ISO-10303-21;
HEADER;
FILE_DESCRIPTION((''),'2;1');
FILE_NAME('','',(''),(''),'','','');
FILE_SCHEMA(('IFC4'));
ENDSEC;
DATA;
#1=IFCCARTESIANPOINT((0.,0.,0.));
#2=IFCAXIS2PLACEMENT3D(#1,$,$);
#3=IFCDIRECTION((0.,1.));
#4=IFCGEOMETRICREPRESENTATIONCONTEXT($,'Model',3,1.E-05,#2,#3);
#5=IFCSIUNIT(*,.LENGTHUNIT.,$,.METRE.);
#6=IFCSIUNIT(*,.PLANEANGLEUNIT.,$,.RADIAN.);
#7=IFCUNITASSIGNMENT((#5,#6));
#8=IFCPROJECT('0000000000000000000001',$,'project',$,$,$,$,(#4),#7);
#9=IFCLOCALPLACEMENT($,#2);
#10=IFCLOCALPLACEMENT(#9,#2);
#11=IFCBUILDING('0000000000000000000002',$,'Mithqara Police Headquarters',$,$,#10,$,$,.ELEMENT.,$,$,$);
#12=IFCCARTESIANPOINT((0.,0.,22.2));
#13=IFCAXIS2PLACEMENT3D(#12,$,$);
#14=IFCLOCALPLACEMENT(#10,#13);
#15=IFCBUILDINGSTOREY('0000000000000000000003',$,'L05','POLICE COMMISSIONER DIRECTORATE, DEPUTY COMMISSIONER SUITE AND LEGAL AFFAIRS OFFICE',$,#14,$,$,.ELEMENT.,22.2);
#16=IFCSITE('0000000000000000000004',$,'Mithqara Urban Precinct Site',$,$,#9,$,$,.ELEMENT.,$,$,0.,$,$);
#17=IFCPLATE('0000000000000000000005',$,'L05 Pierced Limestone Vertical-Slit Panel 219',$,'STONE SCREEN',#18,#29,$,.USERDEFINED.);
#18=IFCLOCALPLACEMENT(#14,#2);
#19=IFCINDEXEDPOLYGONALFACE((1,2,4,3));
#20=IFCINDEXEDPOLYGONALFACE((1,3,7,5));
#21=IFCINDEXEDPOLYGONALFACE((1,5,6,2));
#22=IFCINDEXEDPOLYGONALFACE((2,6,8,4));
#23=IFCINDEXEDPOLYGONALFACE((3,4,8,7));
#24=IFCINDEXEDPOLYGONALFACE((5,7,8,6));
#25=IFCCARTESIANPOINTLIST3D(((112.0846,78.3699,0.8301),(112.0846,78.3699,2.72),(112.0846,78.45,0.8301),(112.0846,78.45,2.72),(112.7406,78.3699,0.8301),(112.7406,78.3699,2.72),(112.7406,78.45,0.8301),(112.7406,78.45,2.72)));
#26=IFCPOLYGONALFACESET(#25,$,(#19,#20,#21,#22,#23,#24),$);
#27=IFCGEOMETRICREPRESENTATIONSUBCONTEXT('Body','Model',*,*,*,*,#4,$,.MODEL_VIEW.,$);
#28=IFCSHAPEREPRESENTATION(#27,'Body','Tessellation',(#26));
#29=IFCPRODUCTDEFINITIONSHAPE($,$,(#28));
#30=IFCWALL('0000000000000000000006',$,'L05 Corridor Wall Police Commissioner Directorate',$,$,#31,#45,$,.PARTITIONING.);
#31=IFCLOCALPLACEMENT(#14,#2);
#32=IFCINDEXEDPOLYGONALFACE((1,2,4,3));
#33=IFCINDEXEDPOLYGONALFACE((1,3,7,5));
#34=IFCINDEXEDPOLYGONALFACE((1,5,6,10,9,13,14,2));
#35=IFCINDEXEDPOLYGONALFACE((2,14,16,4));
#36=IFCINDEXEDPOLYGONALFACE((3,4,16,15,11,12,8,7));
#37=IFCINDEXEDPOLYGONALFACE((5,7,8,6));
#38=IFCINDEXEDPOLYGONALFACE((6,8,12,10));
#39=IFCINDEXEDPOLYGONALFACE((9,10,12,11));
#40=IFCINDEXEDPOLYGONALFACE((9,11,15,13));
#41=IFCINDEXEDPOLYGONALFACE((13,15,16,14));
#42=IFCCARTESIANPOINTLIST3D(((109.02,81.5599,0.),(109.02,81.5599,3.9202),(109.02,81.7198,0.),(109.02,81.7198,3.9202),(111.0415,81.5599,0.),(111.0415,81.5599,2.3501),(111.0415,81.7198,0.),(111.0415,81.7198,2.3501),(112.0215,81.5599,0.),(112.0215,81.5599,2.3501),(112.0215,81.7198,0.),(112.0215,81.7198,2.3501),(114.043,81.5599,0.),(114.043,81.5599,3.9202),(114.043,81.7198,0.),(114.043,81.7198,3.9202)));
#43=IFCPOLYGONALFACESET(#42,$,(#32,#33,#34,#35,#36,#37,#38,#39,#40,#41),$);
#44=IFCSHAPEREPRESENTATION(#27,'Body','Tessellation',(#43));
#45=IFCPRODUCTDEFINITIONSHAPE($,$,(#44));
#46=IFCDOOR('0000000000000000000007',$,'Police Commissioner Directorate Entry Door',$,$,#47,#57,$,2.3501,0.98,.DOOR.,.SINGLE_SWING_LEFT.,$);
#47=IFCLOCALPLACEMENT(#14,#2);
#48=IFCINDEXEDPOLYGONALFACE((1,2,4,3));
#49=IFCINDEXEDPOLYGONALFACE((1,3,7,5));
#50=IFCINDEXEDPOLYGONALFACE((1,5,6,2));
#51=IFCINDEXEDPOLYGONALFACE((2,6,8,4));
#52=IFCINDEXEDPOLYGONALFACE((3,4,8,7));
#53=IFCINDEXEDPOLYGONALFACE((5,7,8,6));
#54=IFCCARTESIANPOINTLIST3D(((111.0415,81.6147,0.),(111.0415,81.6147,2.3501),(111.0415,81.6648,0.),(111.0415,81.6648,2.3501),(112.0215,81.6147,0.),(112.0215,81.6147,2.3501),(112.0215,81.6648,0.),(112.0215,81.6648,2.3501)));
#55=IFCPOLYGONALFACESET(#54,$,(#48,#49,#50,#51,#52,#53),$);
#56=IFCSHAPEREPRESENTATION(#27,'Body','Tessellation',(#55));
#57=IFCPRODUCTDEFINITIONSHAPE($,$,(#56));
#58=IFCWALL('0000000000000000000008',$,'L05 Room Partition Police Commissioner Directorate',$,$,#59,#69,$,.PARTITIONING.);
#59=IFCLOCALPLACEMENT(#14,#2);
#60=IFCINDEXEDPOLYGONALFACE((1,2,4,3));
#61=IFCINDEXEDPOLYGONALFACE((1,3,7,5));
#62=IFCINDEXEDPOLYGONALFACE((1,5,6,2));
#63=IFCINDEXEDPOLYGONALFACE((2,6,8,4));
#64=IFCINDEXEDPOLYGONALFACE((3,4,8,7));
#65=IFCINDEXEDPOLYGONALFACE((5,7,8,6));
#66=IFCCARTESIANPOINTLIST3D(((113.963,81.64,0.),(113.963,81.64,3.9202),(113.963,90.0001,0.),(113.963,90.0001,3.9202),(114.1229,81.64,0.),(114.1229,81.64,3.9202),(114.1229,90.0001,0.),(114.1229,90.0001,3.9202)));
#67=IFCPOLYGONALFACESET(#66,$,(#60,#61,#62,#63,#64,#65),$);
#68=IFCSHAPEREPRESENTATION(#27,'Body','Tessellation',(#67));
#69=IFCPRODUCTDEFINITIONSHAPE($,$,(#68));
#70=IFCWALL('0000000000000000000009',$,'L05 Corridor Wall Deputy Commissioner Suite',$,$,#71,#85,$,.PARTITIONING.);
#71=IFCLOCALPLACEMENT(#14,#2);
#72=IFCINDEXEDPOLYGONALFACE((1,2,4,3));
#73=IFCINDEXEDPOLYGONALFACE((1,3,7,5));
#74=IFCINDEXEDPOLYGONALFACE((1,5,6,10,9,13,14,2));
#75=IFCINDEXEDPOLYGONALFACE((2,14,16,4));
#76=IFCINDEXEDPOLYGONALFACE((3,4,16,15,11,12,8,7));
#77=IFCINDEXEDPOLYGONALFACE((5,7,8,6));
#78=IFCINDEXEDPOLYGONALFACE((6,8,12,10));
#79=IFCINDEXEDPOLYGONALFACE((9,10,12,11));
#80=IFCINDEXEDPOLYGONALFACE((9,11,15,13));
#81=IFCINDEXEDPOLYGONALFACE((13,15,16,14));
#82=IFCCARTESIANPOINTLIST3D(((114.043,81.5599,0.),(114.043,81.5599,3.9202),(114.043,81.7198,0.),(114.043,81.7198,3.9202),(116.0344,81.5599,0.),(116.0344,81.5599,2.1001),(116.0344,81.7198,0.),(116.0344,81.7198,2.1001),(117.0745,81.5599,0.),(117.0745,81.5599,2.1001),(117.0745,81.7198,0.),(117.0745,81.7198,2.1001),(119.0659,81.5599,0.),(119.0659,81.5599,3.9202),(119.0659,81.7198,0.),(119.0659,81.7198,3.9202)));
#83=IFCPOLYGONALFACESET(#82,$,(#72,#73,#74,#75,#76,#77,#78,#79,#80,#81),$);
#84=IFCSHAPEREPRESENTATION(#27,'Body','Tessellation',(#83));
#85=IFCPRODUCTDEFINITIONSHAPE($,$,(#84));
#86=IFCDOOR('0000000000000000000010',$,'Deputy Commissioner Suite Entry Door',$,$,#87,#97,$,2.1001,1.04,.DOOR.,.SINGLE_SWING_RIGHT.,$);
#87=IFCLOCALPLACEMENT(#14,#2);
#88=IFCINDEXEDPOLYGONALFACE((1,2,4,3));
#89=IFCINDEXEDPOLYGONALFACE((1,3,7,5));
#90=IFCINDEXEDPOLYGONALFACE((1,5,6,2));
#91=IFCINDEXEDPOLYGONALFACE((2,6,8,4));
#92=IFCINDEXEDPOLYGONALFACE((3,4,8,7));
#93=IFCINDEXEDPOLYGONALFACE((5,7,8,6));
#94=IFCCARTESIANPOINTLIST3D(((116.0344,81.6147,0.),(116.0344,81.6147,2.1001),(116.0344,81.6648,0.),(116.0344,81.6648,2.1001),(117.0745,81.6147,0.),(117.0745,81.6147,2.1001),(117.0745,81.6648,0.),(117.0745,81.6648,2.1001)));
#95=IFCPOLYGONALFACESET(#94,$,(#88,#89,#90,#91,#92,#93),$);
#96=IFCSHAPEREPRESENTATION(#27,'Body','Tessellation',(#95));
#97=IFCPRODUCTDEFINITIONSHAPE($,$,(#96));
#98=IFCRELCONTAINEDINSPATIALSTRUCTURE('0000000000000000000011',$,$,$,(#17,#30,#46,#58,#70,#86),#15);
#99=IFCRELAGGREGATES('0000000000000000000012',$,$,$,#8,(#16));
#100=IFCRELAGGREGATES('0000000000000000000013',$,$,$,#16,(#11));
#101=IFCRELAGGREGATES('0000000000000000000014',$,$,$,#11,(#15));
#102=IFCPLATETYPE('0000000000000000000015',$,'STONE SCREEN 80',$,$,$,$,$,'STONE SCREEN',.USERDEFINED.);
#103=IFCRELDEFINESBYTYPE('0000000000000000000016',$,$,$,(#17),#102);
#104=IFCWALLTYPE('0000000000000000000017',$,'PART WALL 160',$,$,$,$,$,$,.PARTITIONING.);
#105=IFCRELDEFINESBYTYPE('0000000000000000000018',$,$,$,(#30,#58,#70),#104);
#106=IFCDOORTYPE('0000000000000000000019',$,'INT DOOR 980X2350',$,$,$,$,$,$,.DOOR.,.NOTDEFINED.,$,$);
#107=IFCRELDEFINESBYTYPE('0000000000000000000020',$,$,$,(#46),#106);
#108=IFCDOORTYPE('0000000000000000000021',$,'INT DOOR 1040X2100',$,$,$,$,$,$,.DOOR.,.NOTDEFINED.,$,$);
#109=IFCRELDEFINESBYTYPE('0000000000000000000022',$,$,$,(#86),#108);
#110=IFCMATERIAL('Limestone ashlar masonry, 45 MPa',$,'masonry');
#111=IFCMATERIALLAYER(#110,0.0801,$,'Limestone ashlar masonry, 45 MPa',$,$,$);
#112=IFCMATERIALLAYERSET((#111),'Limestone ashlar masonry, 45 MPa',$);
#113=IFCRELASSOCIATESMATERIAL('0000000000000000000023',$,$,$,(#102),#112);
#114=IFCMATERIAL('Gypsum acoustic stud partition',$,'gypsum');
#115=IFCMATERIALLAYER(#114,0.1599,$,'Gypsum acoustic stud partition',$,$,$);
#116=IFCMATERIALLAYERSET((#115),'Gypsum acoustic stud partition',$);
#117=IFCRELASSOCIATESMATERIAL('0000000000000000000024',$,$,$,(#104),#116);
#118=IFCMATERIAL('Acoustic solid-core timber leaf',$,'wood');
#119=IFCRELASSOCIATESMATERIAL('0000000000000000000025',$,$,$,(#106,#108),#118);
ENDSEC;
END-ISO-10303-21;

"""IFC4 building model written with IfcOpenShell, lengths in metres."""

from ifc_helpers import new_model, si_unit, direction, frame, frame_2d, origin, origin_2d, place, context, subcontext, project, spatial, rectangle, extrude, material, layer, layer_set, type_object, element, fill, save


model = new_model("IFC4")

# Units and contexts
model_context = context("Model", 3, precision=1e-05, world=origin(), true_north=direction((0.0, 1.0)))
body_context = subcontext(model_context, "Body", "Model", "MODEL_VIEW")
ifc_project = project(units=[si_unit("LENGTHUNIT", "METRE"), si_unit("PLANEANGLEUNIT", "RADIAN")], contexts=[model_context])

# Site, building, storey
site_placement = place(None, origin())
site = spatial("IfcSite", under=ifc_project, at=site_placement, Name="Mithqara Urban Precinct Site", CompositionType="ELEMENT", RefElevation=0.0)
building_placement = place(site_placement, origin())
building = spatial("IfcBuilding", under=site, at=building_placement, Name="Mithqara Police Headquarters", CompositionType="ELEMENT")
storey_placement = place(building_placement, frame((0.0, 0.0, 22.2)))
storey = spatial("IfcBuildingStorey", under=building, at=storey_placement, Name="L05", Description="POLICE COMMISSIONER DIRECTORATE, DEPUTY COMMISSIONER SUITE AND LEGAL AFFAIRS OFFICE", CompositionType="ELEMENT", Elevation=22.2)

# Plate
ifc_material_1 = material(Name="Limestone ashlar masonry, 45 MPa", Category="masonry")
ifc_layer_1 = layer(ifc_material_1, 0.0801, Name="Limestone ashlar masonry, 45 MPa")
ifc_layer_set_1 = layer_set([ifc_layer_1], Name="Limestone ashlar masonry, 45 MPa")
plate_type = type_object("IfcPlateType", Name="STONE SCREEN 80", ElementType="STONE SCREEN", PredefinedType="USERDEFINED", material=ifc_layer_set_1)
for number, where, z_axis, x_axis, name in (
    (1, (112.4126, 78.4099, 0.8301), (0.0, 0.0, 1.0), (1.0, 0.0, 0.0), "L05 Pierced Limestone Vertical-Slit Panel 219"),
):
    element("IfcPlate", number, at=place(storey_placement, frame(where, z_axis=z_axis, x_axis=x_axis)), inside=storey, type_object=plate_type, Name=name, ObjectType="STONE SCREEN", PredefinedType="USERDEFINED", context=body_context, shape_type="SweptSolid", body=[
        extrude(rectangle(XDim=0.656, YDim=0.0801, at=origin_2d()), origin(), (0.0, 0.0, 1.0), 1.8899),
    ])

# Wall, opening, door
ifc_material_2 = material(Name="Gypsum acoustic stud partition", Category="gypsum")
ifc_layer_2 = layer(ifc_material_2, 0.1599, Name="Gypsum acoustic stud partition")
ifc_layer_set_2 = layer_set([ifc_layer_2], Name="Gypsum acoustic stud partition")
wall_type = type_object("IfcWallType", Name="PART WALL 160", PredefinedType="PARTITIONING", material=ifc_layer_set_2)
wall_1_placement = place(storey_placement, frame((109.02, 81.6399, 0.0), z_axis=(0.0, 0.0, 1.0), x_axis=(1.0, 0.0, 0.0)))
wall_1 = element("IfcWall", 2, at=wall_1_placement, inside=storey, type_object=wall_type, Name="L05 Corridor Wall Police Commissioner Directorate", PredefinedType="PARTITIONING", context=body_context, shape_type="SweptSolid", body=[
    extrude(rectangle(XDim=5.0229, YDim=0.1599, at=frame_2d((2.5115, 0.0))), origin(), (0.0, 0.0, 1.0), 3.9202),
])
opening_1_placement = place(wall_1_placement, frame((2.0215, 0.0, 0.0)))
opening_1 = element("IfcOpeningElement", 3, at=opening_1_placement, cuts=wall_1, PredefinedType="OPENING", context=body_context, shape_type="SweptSolid", body=[
    extrude(rectangle(XDim=0.98, YDim=2.3501, at=frame_2d((0.49, 1.175))), frame((0.0, 0.0898, 0.0), z_axis=(0.0, -1.0, 0.0), x_axis=(1.0, 0.0, 0.0)), (0.0, 0.0, 1.0), 0.1799),
])
ifc_material_3 = material(Name="Acoustic solid-core timber leaf", Category="wood")
door_type_1 = type_object("IfcDoorType", Name="INT DOOR 980X2350", OperationType="NOTDEFINED", PredefinedType="DOOR", material=ifc_material_3)
door_1_placement = place(opening_1_placement, origin())
door_1 = element("IfcDoor", 4, at=door_1_placement, inside=storey, type_object=door_type_1, Name="Police Commissioner Directorate Entry Door", OperationType="SINGLE_SWING_LEFT", OverallHeight=2.3501, OverallWidth=0.98, PredefinedType="DOOR", context=body_context, shape_type="SweptSolid", body=[
    extrude(rectangle(XDim=0.98, YDim=2.3501, at=frame_2d((0.49, 1.175))), frame((0.0, 0.0249, 0.0), z_axis=(0.0, -1.0, 0.0), x_axis=(1.0, 0.0, 0.0)), (0.0, 0.0, 1.0), 0.05),
])
fill(opening_1, door_1)

# Wall
wall_2_placement = place(storey_placement, frame((114.043, 81.6399, 0.0), z_axis=(0.0, 0.0, 1.0), x_axis=(0.0, 1.0, 0.0)))
element("IfcWall", 5, at=wall_2_placement, inside=storey, type_object=wall_type, Name="L05 Room Partition Police Commissioner Directorate", PredefinedType="PARTITIONING", context=body_context, shape_type="SweptSolid", body=[
    extrude(rectangle(XDim=8.3601, YDim=0.1599, at=frame_2d((4.1802, 0.0))), origin(), (0.0, 0.0, 1.0), 3.9202),
])

# Wall, opening, door
wall_3_placement = place(storey_placement, frame((114.043, 81.6399, 0.0), z_axis=(0.0, 0.0, 1.0), x_axis=(1.0, 0.0, 0.0)))
wall_3 = element("IfcWall", 6, at=wall_3_placement, inside=storey, type_object=wall_type, Name="L05 Corridor Wall Deputy Commissioner Suite", PredefinedType="PARTITIONING", context=body_context, shape_type="SweptSolid", body=[
    extrude(rectangle(XDim=5.0229, YDim=0.1599, at=frame_2d((2.5115, 0.0))), origin(), (0.0, 0.0, 1.0), 3.9202),
])
opening_2_placement = place(wall_3_placement, frame((1.9915, 0.0, 0.0)))
opening_2 = element("IfcOpeningElement", 7, at=opening_2_placement, cuts=wall_3, PredefinedType="OPENING", context=body_context, shape_type="SweptSolid", body=[
    extrude(rectangle(XDim=1.04, YDim=2.1001, at=frame_2d((0.52, 1.05))), frame((0.0, 0.0898, 0.0), z_axis=(0.0, -1.0, 0.0), x_axis=(1.0, 0.0, 0.0)), (0.0, 0.0, 1.0), 0.1799),
])
door_type_2 = type_object("IfcDoorType", Name="INT DOOR 1040X2100", OperationType="NOTDEFINED", PredefinedType="DOOR", material=ifc_material_3)
door_2_placement = place(opening_2_placement, origin())
door_2 = element("IfcDoor", 8, at=door_2_placement, inside=storey, type_object=door_type_2, Name="Deputy Commissioner Suite Entry Door", OperationType="SINGLE_SWING_RIGHT", OverallHeight=2.1001, OverallWidth=1.04, PredefinedType="DOOR", context=body_context, shape_type="SweptSolid", body=[
    extrude(rectangle(XDim=1.04, YDim=2.1001, at=frame_2d((0.52, 1.05))), frame((0.0, 0.0249, 0.0), z_axis=(0.0, -1.0, 0.0), x_axis=(1.0, 0.0, 0.0)), (0.0, 0.0, 1.0), 0.05),
])
fill(opening_2, door_2)

save(model, "model.ifc")
